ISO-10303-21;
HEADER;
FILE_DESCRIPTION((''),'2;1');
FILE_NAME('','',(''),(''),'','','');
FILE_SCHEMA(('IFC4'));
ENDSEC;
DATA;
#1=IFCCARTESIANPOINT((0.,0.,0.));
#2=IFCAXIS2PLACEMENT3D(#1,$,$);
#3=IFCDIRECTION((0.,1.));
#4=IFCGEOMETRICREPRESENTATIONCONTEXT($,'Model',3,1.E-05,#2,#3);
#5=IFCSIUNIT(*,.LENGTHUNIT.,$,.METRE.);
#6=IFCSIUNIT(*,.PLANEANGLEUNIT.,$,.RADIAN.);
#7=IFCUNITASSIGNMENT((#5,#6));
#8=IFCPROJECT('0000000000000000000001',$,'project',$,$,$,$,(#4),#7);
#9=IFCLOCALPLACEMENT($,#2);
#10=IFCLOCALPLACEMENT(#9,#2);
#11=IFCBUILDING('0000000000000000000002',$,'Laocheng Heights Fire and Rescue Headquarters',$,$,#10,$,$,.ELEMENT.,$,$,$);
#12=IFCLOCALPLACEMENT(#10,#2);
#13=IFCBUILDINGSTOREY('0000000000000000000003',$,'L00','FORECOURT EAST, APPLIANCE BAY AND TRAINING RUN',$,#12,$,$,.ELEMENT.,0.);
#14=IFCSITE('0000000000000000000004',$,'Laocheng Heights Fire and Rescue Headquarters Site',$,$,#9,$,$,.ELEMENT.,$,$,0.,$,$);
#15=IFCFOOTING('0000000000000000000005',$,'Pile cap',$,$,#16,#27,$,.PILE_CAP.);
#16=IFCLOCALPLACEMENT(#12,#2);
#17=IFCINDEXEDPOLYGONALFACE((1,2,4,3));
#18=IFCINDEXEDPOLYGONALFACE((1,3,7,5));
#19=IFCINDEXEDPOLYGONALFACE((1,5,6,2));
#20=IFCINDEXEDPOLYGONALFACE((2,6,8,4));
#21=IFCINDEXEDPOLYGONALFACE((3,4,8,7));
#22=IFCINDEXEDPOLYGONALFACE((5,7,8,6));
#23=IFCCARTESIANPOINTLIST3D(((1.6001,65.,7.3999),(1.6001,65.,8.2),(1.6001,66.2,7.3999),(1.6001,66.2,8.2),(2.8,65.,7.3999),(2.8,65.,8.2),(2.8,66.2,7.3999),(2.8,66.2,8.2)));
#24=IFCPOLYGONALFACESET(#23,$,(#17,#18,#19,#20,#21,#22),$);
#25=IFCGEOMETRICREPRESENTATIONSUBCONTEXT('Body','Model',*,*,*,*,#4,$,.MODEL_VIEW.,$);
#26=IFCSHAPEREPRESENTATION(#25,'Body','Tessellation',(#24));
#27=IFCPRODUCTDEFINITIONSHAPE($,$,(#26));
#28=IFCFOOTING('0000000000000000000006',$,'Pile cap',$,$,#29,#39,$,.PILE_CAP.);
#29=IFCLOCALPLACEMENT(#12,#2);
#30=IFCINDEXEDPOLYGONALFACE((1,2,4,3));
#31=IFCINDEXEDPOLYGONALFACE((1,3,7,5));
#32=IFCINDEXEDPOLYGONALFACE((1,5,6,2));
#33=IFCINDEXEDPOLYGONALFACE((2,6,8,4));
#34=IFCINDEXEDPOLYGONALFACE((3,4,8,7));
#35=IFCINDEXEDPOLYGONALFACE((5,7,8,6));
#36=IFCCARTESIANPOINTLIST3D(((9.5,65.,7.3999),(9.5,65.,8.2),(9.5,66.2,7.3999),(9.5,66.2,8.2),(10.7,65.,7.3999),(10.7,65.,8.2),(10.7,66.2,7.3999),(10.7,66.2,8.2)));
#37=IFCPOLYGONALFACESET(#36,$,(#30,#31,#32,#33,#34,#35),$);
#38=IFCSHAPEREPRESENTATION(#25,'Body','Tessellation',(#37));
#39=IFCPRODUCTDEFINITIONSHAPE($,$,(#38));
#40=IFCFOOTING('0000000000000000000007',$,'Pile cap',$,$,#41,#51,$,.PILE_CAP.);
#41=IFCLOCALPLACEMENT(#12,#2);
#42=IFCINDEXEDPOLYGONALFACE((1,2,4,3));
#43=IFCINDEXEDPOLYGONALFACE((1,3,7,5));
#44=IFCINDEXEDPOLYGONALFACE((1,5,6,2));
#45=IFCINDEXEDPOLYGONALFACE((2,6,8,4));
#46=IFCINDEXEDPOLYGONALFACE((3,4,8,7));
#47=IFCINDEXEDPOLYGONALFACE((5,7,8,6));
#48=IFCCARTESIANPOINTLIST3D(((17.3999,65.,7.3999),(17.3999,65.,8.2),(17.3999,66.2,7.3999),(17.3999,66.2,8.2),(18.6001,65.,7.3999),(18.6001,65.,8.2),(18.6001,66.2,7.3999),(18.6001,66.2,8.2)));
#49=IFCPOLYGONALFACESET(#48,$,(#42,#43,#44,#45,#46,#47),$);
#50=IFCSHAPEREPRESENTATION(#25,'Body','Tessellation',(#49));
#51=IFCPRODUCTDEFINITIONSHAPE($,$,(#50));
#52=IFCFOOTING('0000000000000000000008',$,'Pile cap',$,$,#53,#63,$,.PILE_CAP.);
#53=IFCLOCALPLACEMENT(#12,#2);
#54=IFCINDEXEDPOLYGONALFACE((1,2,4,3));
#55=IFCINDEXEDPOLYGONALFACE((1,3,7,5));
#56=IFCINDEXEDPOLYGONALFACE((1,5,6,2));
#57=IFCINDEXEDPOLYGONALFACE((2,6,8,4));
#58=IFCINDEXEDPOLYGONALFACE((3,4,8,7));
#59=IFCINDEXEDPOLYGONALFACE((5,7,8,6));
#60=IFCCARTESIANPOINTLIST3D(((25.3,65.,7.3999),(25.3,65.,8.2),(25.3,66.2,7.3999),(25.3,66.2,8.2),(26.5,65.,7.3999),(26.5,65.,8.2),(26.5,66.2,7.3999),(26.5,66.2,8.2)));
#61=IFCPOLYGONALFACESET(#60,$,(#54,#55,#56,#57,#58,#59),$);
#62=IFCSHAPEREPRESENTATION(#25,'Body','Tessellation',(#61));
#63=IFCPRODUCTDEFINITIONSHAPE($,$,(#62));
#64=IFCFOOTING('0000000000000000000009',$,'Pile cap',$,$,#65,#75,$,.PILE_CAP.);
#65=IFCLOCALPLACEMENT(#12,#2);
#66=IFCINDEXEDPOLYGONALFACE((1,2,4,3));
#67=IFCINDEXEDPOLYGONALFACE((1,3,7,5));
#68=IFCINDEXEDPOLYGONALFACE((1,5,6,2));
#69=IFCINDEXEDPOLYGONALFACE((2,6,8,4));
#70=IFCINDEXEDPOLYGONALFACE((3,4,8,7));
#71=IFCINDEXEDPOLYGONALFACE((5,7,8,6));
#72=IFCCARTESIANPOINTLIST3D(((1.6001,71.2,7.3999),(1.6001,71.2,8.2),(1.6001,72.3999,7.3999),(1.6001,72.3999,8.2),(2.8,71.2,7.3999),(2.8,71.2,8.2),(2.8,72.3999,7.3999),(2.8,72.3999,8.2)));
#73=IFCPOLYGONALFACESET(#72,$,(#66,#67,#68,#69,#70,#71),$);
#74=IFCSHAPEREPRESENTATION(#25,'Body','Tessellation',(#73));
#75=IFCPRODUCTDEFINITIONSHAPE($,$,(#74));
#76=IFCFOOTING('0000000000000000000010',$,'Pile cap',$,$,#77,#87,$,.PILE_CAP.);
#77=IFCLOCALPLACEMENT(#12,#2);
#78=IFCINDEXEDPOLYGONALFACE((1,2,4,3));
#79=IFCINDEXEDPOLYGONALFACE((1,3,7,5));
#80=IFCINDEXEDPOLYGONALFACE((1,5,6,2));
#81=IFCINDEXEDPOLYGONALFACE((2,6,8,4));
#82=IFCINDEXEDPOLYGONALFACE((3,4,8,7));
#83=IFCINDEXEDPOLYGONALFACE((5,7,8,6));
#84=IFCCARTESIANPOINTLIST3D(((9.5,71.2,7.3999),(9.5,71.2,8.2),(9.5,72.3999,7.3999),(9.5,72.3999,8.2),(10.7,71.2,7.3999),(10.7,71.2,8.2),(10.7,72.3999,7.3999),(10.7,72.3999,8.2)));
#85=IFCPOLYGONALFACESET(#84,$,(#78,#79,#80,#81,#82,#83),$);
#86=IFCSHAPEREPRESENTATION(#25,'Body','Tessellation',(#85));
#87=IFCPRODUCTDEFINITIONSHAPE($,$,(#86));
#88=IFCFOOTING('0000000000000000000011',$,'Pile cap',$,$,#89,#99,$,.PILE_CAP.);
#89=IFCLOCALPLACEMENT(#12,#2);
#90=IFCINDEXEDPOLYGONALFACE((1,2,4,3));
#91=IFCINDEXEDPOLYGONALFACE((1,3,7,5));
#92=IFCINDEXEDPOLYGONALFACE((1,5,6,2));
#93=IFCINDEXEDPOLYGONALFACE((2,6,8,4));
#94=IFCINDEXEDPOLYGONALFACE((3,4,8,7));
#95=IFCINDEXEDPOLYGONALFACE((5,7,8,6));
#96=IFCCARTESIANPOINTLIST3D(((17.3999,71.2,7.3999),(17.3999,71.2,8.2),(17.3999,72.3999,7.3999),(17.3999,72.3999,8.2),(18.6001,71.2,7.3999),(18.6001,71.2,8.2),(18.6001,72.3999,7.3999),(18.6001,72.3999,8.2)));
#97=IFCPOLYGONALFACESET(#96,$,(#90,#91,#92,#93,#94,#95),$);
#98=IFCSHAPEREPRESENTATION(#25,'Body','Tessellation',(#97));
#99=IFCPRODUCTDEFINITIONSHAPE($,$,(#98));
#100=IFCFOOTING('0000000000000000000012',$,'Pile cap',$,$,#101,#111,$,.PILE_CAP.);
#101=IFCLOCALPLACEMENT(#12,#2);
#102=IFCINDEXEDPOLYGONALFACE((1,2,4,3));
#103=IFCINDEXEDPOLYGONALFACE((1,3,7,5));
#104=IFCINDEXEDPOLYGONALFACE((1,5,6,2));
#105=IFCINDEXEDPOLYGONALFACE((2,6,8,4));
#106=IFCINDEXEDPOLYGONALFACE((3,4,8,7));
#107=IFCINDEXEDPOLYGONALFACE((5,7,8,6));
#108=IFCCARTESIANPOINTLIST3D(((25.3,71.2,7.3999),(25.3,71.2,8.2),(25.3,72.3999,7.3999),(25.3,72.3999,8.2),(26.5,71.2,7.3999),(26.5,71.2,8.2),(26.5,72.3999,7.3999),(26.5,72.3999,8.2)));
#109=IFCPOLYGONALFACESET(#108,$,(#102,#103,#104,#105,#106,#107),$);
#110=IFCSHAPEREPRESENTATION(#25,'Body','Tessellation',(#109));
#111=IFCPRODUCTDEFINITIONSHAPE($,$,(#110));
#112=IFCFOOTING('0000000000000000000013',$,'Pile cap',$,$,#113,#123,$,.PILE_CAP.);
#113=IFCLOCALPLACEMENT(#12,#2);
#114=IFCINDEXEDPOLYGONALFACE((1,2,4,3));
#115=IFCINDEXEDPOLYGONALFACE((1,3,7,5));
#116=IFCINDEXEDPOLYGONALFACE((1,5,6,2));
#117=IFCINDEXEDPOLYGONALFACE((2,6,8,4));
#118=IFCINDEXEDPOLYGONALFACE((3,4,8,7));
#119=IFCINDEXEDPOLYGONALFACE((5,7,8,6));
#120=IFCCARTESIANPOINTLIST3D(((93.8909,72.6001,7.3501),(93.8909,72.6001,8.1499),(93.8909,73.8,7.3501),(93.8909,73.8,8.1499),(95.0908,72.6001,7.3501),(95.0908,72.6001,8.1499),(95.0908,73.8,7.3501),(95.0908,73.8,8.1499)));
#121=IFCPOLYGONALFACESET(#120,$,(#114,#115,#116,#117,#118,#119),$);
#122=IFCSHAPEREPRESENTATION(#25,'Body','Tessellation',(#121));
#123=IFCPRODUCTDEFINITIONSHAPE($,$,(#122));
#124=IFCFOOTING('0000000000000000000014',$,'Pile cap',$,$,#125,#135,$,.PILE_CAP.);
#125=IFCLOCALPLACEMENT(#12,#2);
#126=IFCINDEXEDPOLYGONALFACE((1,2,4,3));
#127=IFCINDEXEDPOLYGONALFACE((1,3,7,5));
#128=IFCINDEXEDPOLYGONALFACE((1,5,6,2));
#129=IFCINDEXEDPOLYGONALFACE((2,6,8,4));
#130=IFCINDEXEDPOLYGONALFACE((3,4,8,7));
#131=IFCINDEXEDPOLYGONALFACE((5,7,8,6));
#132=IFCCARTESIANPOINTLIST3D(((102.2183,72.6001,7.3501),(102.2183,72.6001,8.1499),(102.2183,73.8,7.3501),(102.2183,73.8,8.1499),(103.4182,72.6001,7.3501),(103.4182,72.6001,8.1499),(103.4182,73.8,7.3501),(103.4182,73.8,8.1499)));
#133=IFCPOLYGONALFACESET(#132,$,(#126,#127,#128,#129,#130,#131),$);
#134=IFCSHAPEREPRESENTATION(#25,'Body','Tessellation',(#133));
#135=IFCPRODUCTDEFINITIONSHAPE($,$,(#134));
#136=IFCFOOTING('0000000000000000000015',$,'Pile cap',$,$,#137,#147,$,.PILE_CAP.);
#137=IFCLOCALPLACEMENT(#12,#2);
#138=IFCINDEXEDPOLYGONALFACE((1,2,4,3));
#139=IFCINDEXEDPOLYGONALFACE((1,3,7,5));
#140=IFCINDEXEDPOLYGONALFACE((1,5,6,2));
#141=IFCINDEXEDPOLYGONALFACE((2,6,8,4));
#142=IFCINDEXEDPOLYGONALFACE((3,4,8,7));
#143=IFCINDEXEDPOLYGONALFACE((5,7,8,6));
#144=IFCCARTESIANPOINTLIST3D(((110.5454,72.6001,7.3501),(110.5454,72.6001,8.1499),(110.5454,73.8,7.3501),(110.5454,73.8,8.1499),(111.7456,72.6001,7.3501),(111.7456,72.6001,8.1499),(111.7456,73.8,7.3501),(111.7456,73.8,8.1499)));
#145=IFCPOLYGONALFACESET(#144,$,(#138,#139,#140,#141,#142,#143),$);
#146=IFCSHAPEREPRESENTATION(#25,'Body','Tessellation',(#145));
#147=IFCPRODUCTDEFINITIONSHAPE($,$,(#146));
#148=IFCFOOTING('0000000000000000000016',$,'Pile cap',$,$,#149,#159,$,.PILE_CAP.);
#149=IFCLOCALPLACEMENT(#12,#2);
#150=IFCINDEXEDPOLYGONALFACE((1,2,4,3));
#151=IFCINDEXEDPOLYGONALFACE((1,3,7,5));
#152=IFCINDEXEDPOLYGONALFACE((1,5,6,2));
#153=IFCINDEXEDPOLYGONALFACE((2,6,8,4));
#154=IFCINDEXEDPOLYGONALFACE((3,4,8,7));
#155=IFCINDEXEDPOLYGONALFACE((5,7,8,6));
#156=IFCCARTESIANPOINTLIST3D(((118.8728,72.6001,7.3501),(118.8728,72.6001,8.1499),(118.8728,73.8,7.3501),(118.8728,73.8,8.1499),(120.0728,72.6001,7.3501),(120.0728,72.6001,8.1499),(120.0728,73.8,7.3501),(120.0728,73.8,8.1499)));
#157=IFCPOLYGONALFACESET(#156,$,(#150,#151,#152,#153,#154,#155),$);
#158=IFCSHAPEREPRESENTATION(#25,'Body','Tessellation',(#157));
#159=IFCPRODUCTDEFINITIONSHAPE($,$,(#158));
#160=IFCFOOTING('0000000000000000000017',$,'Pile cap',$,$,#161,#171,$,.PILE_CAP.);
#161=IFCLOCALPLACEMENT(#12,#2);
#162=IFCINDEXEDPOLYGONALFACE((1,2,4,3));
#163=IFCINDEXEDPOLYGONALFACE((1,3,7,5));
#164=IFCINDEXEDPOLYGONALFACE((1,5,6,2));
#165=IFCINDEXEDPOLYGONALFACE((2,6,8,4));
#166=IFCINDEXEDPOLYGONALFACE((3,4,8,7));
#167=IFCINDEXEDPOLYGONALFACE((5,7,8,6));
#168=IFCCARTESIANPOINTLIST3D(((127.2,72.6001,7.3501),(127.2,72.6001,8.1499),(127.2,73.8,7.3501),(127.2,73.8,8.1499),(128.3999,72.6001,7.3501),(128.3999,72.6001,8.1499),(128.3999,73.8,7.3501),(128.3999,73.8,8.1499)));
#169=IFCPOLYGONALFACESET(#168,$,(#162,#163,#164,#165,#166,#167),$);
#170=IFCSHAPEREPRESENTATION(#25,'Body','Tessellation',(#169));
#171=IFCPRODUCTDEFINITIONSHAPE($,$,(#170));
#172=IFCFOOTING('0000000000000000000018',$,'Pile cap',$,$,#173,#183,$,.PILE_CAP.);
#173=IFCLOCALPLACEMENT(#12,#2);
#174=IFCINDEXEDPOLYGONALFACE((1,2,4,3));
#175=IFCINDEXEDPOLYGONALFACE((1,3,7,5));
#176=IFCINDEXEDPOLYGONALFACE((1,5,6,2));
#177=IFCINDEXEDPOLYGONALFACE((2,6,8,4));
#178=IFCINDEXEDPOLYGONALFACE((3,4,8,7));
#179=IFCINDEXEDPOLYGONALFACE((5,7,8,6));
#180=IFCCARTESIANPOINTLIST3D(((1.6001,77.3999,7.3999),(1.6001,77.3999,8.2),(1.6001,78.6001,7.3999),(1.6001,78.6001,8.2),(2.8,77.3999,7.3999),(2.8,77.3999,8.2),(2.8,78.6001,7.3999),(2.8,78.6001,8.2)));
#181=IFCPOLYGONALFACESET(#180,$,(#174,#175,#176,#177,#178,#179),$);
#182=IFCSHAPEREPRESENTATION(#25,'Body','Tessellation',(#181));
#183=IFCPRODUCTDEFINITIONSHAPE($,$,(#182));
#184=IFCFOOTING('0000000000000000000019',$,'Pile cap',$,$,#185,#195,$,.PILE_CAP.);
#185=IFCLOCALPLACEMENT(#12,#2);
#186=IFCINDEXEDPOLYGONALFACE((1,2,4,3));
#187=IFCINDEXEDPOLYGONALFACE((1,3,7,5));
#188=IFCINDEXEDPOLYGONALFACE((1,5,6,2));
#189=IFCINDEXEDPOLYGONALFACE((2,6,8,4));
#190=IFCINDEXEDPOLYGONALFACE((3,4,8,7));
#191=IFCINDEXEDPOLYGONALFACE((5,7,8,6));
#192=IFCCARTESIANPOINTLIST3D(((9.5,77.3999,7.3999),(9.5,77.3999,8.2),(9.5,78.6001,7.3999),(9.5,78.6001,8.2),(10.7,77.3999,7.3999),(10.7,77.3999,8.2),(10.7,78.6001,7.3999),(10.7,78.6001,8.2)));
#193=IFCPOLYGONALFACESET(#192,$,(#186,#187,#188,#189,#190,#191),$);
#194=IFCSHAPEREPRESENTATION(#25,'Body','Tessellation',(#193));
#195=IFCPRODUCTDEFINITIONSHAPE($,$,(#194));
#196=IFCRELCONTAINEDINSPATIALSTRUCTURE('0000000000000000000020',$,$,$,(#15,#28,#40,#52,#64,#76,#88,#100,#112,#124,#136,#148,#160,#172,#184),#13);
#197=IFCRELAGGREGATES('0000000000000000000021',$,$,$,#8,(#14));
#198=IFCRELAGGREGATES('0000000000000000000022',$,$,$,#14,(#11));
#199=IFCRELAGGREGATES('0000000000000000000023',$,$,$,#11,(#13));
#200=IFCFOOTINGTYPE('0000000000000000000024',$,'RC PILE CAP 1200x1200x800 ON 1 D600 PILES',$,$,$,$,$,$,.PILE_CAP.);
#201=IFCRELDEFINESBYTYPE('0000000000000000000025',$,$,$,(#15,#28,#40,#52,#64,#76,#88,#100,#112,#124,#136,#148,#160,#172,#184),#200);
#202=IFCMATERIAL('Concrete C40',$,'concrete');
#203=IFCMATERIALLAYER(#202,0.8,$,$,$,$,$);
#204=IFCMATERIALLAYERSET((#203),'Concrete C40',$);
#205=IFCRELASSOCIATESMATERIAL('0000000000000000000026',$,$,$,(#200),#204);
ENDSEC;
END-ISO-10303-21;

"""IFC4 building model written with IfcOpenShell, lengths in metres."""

from ifc_helpers import new_model, si_unit, direction, frame, origin, place, context, subcontext, project, spatial, polyline, outline, extrude, material, layer, layer_set, type_object, element, save


model = new_model("IFC4")

# Units and contexts
model_context = context("Model", 3, precision=1e-05, world=origin(), true_north=direction((0.0, 1.0)))
body_context = subcontext(model_context, "Body", "Model", "MODEL_VIEW")
ifc_project = project(units=[si_unit("LENGTHUNIT", "METRE"), si_unit("PLANEANGLEUNIT", "RADIAN")], contexts=[model_context])

# Site, building, storey
site_placement = place(None, origin())
site = spatial("IfcSite", under=ifc_project, at=site_placement, Name="Laocheng Heights Fire and Rescue Headquarters Site", CompositionType="ELEMENT", RefElevation=0.0)
building_placement = place(site_placement, origin())
building = spatial("IfcBuilding", under=site, at=building_placement, Name="Laocheng Heights Fire and Rescue Headquarters", CompositionType="ELEMENT")
storey_placement = place(building_placement, origin())
storey = spatial("IfcBuildingStorey", under=building, at=storey_placement, Name="L00", Description="FORECOURT EAST, APPLIANCE BAY AND TRAINING RUN", CompositionType="ELEMENT", Elevation=0.0)

# Footings
ifc_material = material(Name="Concrete C40", Category="concrete")
ifc_layer = layer(ifc_material, 0.8)
ifc_layer_set = layer_set([ifc_layer], Name="Concrete C40")
footing_type = type_object("IfcFootingType", Name="RC PILE CAP 1200x1200x800 ON 1 D600 PILES", PredefinedType="PILE_CAP", material=ifc_layer_set)
footing_1_placement = place(storey_placement, frame((0.0, 0.0, 7.3999)))
element("IfcFooting", 1, at=footing_1_placement, inside=storey, type_object=footing_type, Name="Pile cap", PredefinedType="PILE_CAP", context=body_context, shape_type="SweptSolid", body=[
    extrude(outline(polyline([(1.6001, 65.0), (2.8, 65.0), (2.8, 66.2), (1.6001, 66.2), (1.6001, 65.0)])), origin(), (0.0, 0.0, 1.0), 0.8),
])
footing_2_placement = place(storey_placement, frame((0.0, 0.0, 7.3999)))
element("IfcFooting", 2, at=footing_2_placement, inside=storey, type_object=footing_type, Name="Pile cap", PredefinedType="PILE_CAP", context=body_context, shape_type="SweptSolid", body=[
    extrude(outline(polyline([(9.5, 65.0), (10.7, 65.0), (10.7, 66.2), (9.5, 66.2), (9.5, 65.0)])), origin(), (0.0, 0.0, 1.0), 0.8),
])
footing_3_placement = place(storey_placement, frame((0.0, 0.0, 7.3999)))
element("IfcFooting", 3, at=footing_3_placement, inside=storey, type_object=footing_type, Name="Pile cap", PredefinedType="PILE_CAP", context=body_context, shape_type="SweptSolid", body=[
    extrude(outline(polyline([(17.3999, 65.0), (18.6001, 65.0), (18.6001, 66.2), (17.3999, 66.2), (17.3999, 65.0)])), origin(), (0.0, 0.0, 1.0), 0.8),
])
footing_4_placement = place(storey_placement, frame((0.0, 0.0, 7.3999)))
element("IfcFooting", 4, at=footing_4_placement, inside=storey, type_object=footing_type, Name="Pile cap", PredefinedType="PILE_CAP", context=body_context, shape_type="SweptSolid", body=[
    extrude(outline(polyline([(25.3, 65.0), (26.5, 65.0), (26.5, 66.2), (25.3, 66.2), (25.3, 65.0)])), origin(), (0.0, 0.0, 1.0), 0.8),
])
footing_5_placement = place(storey_placement, frame((0.0, 0.0, 7.3999)))
element("IfcFooting", 5, at=footing_5_placement, inside=storey, type_object=footing_type, Name="Pile cap", PredefinedType="PILE_CAP", context=body_context, shape_type="SweptSolid", body=[
    extrude(outline(polyline([(1.6001, 71.2), (2.8, 71.2), (2.8, 72.3999), (1.6001, 72.3999), (1.6001, 71.2)])), origin(), (0.0, 0.0, 1.0), 0.8),
])
footing_6_placement = place(storey_placement, frame((0.0, 0.0, 7.3999)))
element("IfcFooting", 6, at=footing_6_placement, inside=storey, type_object=footing_type, Name="Pile cap", PredefinedType="PILE_CAP", context=body_context, shape_type="SweptSolid", body=[
    extrude(outline(polyline([(9.5, 71.2), (10.7, 71.2), (10.7, 72.3999), (9.5, 72.3999), (9.5, 71.2)])), origin(), (0.0, 0.0, 1.0), 0.8),
])
footing_7_placement = place(storey_placement, frame((0.0, 0.0, 7.3999)))
element("IfcFooting", 7, at=footing_7_placement, inside=storey, type_object=footing_type, Name="Pile cap", PredefinedType="PILE_CAP", context=body_context, shape_type="SweptSolid", body=[
    extrude(outline(polyline([(17.3999, 71.2), (18.6001, 71.2), (18.6001, 72.3999), (17.3999, 72.3999), (17.3999, 71.2)])), origin(), (0.0, 0.0, 1.0), 0.8),
])
footing_8_placement = place(storey_placement, frame((0.0, 0.0, 7.3999)))
element("IfcFooting", 8, at=footing_8_placement, inside=storey, type_object=footing_type, Name="Pile cap", PredefinedType="PILE_CAP", context=body_context, shape_type="SweptSolid", body=[
    extrude(outline(polyline([(25.3, 71.2), (26.5, 71.2), (26.5, 72.3999), (25.3, 72.3999), (25.3, 71.2)])), origin(), (0.0, 0.0, 1.0), 0.8),
])
footing_9_placement = place(storey_placement, frame((0.0, 0.0, 7.3501)))
element("IfcFooting", 9, at=footing_9_placement, inside=storey, type_object=footing_type, Name="Pile cap", PredefinedType="PILE_CAP", context=body_context, shape_type="SweptSolid", body=[
    extrude(outline(polyline([(93.8909, 72.6001), (95.0908, 72.6001), (95.0908, 73.8), (93.8909, 73.8), (93.8909, 72.6001)])), origin(), (0.0, 0.0, 1.0), 0.7998),
])
footing_10_placement = place(storey_placement, frame((0.0, 0.0, 7.3501)))
element("IfcFooting", 10, at=footing_10_placement, inside=storey, type_object=footing_type, Name="Pile cap", PredefinedType="PILE_CAP", context=body_context, shape_type="SweptSolid", body=[
    extrude(outline(polyline([(102.2183, 72.6001), (103.4182, 72.6001), (103.4182, 73.8), (102.2183, 73.8), (102.2183, 72.6001)])), origin(), (0.0, 0.0, 1.0), 0.7998),
])
footing_11_placement = place(storey_placement, frame((0.0, 0.0, 7.3501)))
element("IfcFooting", 11, at=footing_11_placement, inside=storey, type_object=footing_type, Name="Pile cap", PredefinedType="PILE_CAP", context=body_context, shape_type="SweptSolid", body=[
    extrude(outline(polyline([(110.5454, 72.6001), (111.7456, 72.6001), (111.7456, 73.8), (110.5454, 73.8), (110.5454, 72.6001)])), origin(), (0.0, 0.0, 1.0), 0.7998),
])
footing_12_placement = place(storey_placement, frame((0.0, 0.0, 7.3501)))
element("IfcFooting", 12, at=footing_12_placement, inside=storey, type_object=footing_type, Name="Pile cap", PredefinedType="PILE_CAP", context=body_context, shape_type="SweptSolid", body=[
    extrude(outline(polyline([(118.8728, 72.6001), (120.0728, 72.6001), (120.0728, 73.8), (118.8728, 73.8), (118.8728, 72.6001)])), origin(), (0.0, 0.0, 1.0), 0.7998),
])
footing_13_placement = place(storey_placement, frame((0.0, 0.0, 7.3501)))
element("IfcFooting", 13, at=footing_13_placement, inside=storey, type_object=footing_type, Name="Pile cap", PredefinedType="PILE_CAP", context=body_context, shape_type="SweptSolid", body=[
    extrude(outline(polyline([(127.2, 72.6001), (128.3999, 72.6001), (128.3999, 73.8), (127.2, 73.8), (127.2, 72.6001)])), origin(), (0.0, 0.0, 1.0), 0.7998),
])
footing_14_placement = place(storey_placement, frame((0.0, 0.0, 7.3999)))
element("IfcFooting", 14, at=footing_14_placement, inside=storey, type_object=footing_type, Name="Pile cap", PredefinedType="PILE_CAP", context=body_context, shape_type="SweptSolid", body=[
    extrude(outline(polyline([(1.6001, 77.3999), (2.8, 77.3999), (2.8, 78.6001), (1.6001, 78.6001), (1.6001, 77.3999)])), origin(), (0.0, 0.0, 1.0), 0.8),
])
footing_15_placement = place(storey_placement, frame((0.0, 0.0, 7.3999)))
element("IfcFooting", 15, at=footing_15_placement, inside=storey, type_object=footing_type, Name="Pile cap", PredefinedType="PILE_CAP", context=body_context, shape_type="SweptSolid", body=[
    extrude(outline(polyline([(9.5, 77.3999), (10.7, 77.3999), (10.7, 78.6001), (9.5, 78.6001), (9.5, 77.3999)])), origin(), (0.0, 0.0, 1.0), 0.8),
])

save(model, "model.ifc")
